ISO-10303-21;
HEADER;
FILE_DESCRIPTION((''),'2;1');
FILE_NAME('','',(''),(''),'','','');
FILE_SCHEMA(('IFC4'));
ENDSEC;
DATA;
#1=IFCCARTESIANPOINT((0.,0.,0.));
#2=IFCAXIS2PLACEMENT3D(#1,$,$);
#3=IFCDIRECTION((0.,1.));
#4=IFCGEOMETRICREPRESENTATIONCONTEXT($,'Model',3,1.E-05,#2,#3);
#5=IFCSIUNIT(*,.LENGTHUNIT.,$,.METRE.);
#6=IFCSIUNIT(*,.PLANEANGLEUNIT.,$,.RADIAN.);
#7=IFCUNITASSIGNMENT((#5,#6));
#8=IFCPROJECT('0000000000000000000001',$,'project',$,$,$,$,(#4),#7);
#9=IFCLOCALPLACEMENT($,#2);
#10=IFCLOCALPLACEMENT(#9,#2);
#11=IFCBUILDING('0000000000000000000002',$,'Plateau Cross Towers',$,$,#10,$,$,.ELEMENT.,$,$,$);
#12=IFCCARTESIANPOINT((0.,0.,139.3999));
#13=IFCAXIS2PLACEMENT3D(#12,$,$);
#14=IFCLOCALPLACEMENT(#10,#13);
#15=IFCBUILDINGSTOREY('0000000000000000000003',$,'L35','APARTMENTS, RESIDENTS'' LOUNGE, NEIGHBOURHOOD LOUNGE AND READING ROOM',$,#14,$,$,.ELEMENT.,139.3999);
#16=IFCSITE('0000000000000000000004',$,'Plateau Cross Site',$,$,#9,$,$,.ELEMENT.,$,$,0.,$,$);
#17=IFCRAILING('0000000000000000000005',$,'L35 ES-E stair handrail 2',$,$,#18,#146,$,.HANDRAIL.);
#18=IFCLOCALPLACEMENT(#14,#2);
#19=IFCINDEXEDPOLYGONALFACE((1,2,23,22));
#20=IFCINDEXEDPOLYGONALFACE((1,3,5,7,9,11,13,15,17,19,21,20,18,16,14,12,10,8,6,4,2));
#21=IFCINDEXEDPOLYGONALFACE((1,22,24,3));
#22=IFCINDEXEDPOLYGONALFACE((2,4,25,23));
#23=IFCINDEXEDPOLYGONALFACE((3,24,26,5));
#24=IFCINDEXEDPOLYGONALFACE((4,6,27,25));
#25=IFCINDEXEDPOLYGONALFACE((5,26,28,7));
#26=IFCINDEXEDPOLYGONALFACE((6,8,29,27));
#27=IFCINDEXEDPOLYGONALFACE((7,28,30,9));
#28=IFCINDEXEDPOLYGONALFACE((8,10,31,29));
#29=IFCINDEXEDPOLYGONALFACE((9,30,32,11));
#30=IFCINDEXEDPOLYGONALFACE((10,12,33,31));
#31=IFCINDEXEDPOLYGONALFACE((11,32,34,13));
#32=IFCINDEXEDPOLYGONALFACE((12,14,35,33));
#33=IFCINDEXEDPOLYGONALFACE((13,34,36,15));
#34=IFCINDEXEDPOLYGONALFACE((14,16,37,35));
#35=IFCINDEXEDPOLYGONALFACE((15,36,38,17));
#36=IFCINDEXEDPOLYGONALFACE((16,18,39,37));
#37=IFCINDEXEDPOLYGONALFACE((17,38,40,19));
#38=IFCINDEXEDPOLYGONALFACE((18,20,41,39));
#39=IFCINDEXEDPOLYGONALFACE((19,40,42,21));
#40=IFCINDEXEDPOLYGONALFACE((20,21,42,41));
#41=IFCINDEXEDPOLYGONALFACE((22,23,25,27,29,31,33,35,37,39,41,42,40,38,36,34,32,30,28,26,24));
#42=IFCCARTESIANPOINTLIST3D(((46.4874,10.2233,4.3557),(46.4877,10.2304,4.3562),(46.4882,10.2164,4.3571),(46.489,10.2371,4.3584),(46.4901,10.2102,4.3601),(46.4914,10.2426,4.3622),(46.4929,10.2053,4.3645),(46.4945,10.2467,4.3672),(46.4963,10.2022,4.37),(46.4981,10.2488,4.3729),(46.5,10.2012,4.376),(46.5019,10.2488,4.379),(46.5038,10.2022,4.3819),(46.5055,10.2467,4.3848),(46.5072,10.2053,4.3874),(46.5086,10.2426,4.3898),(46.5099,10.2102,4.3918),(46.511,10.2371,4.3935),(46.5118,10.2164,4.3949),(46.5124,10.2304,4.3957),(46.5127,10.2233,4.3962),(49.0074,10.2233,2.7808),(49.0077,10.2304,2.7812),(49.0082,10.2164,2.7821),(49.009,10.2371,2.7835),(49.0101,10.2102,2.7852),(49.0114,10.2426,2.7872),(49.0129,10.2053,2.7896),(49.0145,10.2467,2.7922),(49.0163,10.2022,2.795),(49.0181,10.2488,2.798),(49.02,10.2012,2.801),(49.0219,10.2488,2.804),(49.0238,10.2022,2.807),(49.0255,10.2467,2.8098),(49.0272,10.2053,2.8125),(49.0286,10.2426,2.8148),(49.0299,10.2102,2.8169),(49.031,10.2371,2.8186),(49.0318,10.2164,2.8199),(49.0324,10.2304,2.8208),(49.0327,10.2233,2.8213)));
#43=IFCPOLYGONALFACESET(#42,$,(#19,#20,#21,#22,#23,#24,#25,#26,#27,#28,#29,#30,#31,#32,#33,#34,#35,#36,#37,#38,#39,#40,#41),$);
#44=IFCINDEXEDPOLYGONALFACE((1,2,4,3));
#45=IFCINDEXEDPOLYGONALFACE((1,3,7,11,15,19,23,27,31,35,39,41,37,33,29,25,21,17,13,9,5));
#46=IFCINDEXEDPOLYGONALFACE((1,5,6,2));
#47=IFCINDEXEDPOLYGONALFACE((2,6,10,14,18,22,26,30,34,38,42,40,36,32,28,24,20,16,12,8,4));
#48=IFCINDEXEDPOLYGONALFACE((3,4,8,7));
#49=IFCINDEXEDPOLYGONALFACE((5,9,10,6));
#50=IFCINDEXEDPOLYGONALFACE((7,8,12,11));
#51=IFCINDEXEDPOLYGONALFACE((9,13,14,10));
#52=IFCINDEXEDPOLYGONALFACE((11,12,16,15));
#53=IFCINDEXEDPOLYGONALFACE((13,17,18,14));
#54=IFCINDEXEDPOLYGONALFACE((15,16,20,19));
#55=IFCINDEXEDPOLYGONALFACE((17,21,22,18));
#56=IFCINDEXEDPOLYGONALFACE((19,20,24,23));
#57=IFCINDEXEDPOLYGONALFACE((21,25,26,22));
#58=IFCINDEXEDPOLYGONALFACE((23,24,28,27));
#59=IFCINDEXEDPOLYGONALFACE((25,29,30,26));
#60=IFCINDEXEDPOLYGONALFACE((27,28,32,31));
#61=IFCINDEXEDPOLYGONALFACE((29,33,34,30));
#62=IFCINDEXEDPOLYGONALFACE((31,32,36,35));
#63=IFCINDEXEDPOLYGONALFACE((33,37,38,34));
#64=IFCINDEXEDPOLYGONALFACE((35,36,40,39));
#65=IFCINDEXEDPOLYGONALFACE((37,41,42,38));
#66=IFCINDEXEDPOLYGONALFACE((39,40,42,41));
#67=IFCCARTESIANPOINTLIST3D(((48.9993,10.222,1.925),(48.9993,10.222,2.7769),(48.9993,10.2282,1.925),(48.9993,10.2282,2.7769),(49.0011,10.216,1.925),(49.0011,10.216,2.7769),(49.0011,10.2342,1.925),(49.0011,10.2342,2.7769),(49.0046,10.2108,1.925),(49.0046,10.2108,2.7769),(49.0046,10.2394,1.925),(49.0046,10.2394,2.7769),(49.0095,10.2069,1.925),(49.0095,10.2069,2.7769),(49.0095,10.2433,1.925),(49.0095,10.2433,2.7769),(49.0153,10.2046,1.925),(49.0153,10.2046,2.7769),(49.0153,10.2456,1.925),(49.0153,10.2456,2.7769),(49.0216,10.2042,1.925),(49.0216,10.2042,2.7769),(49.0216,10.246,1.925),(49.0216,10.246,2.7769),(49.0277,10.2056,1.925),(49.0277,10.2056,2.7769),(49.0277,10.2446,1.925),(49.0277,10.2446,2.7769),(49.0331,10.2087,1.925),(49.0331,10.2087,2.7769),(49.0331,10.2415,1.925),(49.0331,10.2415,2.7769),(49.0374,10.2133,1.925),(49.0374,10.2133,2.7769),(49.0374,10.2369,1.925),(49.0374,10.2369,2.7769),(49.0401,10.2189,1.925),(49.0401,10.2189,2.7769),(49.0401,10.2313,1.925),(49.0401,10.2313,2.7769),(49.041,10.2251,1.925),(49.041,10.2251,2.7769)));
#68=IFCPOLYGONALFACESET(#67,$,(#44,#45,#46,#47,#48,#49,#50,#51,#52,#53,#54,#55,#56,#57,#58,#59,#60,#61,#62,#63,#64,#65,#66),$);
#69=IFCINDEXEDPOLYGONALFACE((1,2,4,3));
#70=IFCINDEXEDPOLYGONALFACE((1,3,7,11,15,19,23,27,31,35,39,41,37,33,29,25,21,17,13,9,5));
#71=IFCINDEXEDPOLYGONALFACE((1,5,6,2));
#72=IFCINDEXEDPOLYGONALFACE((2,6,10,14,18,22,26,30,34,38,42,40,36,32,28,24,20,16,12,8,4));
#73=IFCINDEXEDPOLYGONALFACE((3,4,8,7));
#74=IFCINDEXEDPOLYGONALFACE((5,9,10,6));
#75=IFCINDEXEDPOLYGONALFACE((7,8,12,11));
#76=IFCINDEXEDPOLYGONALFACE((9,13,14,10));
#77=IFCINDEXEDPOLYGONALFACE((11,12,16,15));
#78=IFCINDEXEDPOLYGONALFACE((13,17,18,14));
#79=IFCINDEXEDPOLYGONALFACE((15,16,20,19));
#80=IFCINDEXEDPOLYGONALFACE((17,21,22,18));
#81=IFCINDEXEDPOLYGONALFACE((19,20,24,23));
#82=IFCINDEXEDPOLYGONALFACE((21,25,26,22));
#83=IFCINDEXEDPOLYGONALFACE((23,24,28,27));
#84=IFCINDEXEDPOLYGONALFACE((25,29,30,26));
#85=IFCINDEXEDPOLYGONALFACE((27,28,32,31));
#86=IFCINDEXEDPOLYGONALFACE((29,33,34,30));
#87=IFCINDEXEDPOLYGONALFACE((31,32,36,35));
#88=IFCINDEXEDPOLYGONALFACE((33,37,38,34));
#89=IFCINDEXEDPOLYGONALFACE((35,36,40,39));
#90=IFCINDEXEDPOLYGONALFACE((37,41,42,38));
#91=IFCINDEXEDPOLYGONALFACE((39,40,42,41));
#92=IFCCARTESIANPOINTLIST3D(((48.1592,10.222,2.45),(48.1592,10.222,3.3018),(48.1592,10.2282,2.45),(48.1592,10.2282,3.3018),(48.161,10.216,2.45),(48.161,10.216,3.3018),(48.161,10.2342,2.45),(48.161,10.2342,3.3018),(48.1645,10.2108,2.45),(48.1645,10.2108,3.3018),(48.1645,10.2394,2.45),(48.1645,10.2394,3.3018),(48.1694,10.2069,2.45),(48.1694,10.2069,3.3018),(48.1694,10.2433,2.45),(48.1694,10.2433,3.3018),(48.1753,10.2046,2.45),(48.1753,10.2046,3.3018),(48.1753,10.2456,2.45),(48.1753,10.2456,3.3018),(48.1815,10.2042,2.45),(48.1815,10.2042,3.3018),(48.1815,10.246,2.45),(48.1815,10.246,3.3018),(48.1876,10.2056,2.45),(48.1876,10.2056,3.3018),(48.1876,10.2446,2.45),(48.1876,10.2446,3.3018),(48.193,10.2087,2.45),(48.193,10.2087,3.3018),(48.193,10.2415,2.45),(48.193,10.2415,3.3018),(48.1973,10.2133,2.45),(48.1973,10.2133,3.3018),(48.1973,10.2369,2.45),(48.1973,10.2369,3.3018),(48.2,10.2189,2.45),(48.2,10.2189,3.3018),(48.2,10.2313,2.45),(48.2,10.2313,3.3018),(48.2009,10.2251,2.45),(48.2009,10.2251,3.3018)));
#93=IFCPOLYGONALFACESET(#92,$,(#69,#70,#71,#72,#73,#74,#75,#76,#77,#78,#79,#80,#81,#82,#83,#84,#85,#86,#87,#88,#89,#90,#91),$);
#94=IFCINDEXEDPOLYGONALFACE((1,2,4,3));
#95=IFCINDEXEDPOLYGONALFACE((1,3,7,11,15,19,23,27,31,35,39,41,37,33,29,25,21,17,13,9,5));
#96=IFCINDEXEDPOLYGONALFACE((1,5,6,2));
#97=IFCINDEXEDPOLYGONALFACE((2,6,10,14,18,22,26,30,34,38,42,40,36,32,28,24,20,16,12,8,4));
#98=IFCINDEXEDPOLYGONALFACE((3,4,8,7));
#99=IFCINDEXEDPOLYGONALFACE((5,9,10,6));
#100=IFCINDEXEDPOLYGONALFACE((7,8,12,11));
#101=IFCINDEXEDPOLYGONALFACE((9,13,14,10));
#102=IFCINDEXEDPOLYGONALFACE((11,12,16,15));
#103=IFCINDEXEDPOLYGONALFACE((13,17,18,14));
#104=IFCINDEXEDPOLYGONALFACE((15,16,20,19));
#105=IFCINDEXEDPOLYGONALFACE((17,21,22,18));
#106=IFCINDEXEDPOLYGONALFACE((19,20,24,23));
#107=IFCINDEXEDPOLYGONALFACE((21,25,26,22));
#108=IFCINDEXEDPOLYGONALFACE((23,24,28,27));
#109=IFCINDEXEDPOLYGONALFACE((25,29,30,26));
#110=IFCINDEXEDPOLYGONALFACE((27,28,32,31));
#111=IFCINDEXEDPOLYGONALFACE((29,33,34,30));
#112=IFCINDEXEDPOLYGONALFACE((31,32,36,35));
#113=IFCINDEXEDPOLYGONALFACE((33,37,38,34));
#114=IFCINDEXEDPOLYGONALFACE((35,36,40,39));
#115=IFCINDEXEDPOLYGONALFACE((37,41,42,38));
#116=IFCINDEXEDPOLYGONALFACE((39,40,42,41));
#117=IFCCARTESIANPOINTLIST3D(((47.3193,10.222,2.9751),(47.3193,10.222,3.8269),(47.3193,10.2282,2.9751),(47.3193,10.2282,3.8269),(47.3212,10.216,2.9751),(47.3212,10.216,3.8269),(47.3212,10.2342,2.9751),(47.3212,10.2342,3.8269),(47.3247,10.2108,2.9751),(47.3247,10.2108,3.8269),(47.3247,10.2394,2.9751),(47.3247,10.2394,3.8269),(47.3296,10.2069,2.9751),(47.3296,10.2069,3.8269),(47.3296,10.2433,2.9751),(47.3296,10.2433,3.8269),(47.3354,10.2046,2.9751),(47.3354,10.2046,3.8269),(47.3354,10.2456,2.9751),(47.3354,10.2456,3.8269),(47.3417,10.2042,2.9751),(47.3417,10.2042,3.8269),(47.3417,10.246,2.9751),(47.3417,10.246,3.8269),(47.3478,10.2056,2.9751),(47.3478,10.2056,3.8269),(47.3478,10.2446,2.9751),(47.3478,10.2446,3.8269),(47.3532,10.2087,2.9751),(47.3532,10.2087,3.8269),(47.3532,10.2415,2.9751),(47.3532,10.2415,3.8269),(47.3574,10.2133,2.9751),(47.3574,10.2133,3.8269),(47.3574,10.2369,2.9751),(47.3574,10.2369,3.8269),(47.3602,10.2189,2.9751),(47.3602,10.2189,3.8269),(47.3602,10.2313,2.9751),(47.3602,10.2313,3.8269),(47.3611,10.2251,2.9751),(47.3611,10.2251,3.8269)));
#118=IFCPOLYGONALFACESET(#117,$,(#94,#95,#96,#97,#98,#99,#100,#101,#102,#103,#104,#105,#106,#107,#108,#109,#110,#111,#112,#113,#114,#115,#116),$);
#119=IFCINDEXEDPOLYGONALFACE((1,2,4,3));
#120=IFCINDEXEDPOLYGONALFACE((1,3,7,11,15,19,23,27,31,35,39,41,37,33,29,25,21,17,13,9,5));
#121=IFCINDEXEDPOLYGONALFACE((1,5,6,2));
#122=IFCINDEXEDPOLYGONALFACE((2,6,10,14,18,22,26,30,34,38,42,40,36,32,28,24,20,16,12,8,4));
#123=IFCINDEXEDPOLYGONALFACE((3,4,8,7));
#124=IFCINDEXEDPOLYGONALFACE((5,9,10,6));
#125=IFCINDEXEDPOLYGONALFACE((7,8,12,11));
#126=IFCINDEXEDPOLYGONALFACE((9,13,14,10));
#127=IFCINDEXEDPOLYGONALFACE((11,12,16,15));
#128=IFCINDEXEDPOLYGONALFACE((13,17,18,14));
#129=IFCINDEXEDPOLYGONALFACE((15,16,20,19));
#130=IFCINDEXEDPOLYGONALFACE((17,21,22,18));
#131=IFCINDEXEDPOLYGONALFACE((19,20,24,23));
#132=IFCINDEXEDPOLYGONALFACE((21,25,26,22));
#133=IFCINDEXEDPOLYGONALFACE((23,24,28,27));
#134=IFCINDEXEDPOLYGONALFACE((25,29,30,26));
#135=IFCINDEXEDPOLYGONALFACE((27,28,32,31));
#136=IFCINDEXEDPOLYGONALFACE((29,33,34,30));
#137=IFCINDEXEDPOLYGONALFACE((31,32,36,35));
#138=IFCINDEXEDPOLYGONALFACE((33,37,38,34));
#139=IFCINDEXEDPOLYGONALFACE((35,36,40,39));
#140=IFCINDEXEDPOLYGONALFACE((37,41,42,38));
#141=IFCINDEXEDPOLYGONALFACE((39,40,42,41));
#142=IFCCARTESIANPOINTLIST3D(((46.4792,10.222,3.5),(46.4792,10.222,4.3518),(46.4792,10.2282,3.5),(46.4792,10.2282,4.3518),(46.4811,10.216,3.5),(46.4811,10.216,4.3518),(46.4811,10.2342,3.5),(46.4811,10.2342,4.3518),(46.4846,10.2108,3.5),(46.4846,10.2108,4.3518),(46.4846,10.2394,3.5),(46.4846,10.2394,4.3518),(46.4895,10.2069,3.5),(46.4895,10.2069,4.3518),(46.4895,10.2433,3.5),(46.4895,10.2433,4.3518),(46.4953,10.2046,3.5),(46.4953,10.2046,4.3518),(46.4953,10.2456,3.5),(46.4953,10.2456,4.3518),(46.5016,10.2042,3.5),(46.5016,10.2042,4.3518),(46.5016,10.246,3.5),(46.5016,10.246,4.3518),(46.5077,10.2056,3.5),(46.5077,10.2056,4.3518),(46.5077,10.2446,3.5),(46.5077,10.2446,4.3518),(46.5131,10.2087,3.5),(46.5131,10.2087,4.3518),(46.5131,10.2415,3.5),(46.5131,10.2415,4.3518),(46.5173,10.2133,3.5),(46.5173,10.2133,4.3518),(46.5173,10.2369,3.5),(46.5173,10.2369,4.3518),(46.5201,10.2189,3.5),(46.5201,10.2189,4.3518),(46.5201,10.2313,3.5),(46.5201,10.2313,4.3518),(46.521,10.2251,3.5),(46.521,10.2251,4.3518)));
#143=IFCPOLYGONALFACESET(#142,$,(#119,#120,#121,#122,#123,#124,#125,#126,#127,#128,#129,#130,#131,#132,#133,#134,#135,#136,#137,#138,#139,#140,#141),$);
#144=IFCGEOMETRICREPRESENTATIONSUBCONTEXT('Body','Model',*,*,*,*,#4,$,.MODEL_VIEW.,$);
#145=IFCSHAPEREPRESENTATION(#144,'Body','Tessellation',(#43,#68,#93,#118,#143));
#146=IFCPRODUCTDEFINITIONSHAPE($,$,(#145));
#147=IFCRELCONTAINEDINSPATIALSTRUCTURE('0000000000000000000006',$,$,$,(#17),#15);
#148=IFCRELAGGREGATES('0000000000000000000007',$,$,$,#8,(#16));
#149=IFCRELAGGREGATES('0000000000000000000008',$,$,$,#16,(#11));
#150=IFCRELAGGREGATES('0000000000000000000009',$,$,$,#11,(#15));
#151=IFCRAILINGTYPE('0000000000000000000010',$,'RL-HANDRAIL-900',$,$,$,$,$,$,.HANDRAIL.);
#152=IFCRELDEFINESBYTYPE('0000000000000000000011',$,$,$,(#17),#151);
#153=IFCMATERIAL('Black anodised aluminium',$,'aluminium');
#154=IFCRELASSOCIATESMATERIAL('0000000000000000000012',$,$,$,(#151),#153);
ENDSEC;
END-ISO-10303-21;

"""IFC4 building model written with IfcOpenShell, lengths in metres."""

from ifc_helpers import new_model, si_unit, direction, frame, origin, origin_2d, place, context, subcontext, project, spatial, circle, extrude, material, type_object, element, save


model = new_model("IFC4")

# Units and contexts
model_context = context("Model", 3, precision=1e-05, world=origin(), true_north=direction((0.0, 1.0)))
body_context = subcontext(model_context, "Body", "Model", "MODEL_VIEW")
ifc_project = project(units=[si_unit("LENGTHUNIT", "METRE"), si_unit("PLANEANGLEUNIT", "RADIAN")], contexts=[model_context])

# Site, building, storey
site_placement = place(None, origin())
site = spatial("IfcSite", under=ifc_project, at=site_placement, Name="Plateau Cross Site", CompositionType="ELEMENT", RefElevation=0.0)
building_placement = place(site_placement, origin())
building = spatial("IfcBuilding", under=site, at=building_placement, Name="Plateau Cross Towers", CompositionType="ELEMENT")
storey_placement = place(building_placement, frame((0.0, 0.0, 139.3999)))
storey = spatial("IfcBuildingStorey", under=building, at=storey_placement, Name="L35", Description="APARTMENTS, RESIDENTS' LOUNGE, NEIGHBOURHOOD LOUNGE AND READING ROOM", CompositionType="ELEMENT", Elevation=139.3999)

# Shared definitions
ifc_material_1 = material(Name="Black anodised aluminium", Category="aluminium")

# Railing
railing_type_1 = type_object("IfcRailingType", Name="RL-HANDRAIL-900", PredefinedType="HANDRAIL", material=ifc_material_1)
railing_1_placement = place(storey_placement, frame((49.02, 10.2251, 1.925)))
element("IfcRailing", 1, at=railing_1_placement, inside=storey, type_object=railing_type_1, Name="L35 ES-E stair handrail 2", PredefinedType="HANDRAIL", context=body_context, shape_type="SweptSolid", body=[
    extrude(circle(Radius=0.0239, at=origin_2d()), frame((0.0, 0.0, 0.876), z_axis=(-0.848008, 0.0, 0.529984), x_axis=(0.0, -1.0, 0.0)), (0.0, 0.0, 1.0), 2.9717),
    extrude(circle(Radius=0.021, at=origin_2d()), origin(), (0.0, 0.0, 1.0), 0.8518),
    extrude(circle(Radius=0.021, at=origin_2d()), frame((-0.8401, 0.0, 0.5249)), (0.0, 0.0, 1.0), 0.8518),
    extrude(circle(Radius=0.021, at=origin_2d()), frame((-1.6799, 0.0, 1.05)), (0.0, 0.0, 1.0), 0.8518),
    extrude(circle(Radius=0.021, at=origin_2d()), frame((-2.52, 0.0, 1.575)), (0.0, 0.0, 1.0), 0.8518),
])

save(model, "model.ifc")
